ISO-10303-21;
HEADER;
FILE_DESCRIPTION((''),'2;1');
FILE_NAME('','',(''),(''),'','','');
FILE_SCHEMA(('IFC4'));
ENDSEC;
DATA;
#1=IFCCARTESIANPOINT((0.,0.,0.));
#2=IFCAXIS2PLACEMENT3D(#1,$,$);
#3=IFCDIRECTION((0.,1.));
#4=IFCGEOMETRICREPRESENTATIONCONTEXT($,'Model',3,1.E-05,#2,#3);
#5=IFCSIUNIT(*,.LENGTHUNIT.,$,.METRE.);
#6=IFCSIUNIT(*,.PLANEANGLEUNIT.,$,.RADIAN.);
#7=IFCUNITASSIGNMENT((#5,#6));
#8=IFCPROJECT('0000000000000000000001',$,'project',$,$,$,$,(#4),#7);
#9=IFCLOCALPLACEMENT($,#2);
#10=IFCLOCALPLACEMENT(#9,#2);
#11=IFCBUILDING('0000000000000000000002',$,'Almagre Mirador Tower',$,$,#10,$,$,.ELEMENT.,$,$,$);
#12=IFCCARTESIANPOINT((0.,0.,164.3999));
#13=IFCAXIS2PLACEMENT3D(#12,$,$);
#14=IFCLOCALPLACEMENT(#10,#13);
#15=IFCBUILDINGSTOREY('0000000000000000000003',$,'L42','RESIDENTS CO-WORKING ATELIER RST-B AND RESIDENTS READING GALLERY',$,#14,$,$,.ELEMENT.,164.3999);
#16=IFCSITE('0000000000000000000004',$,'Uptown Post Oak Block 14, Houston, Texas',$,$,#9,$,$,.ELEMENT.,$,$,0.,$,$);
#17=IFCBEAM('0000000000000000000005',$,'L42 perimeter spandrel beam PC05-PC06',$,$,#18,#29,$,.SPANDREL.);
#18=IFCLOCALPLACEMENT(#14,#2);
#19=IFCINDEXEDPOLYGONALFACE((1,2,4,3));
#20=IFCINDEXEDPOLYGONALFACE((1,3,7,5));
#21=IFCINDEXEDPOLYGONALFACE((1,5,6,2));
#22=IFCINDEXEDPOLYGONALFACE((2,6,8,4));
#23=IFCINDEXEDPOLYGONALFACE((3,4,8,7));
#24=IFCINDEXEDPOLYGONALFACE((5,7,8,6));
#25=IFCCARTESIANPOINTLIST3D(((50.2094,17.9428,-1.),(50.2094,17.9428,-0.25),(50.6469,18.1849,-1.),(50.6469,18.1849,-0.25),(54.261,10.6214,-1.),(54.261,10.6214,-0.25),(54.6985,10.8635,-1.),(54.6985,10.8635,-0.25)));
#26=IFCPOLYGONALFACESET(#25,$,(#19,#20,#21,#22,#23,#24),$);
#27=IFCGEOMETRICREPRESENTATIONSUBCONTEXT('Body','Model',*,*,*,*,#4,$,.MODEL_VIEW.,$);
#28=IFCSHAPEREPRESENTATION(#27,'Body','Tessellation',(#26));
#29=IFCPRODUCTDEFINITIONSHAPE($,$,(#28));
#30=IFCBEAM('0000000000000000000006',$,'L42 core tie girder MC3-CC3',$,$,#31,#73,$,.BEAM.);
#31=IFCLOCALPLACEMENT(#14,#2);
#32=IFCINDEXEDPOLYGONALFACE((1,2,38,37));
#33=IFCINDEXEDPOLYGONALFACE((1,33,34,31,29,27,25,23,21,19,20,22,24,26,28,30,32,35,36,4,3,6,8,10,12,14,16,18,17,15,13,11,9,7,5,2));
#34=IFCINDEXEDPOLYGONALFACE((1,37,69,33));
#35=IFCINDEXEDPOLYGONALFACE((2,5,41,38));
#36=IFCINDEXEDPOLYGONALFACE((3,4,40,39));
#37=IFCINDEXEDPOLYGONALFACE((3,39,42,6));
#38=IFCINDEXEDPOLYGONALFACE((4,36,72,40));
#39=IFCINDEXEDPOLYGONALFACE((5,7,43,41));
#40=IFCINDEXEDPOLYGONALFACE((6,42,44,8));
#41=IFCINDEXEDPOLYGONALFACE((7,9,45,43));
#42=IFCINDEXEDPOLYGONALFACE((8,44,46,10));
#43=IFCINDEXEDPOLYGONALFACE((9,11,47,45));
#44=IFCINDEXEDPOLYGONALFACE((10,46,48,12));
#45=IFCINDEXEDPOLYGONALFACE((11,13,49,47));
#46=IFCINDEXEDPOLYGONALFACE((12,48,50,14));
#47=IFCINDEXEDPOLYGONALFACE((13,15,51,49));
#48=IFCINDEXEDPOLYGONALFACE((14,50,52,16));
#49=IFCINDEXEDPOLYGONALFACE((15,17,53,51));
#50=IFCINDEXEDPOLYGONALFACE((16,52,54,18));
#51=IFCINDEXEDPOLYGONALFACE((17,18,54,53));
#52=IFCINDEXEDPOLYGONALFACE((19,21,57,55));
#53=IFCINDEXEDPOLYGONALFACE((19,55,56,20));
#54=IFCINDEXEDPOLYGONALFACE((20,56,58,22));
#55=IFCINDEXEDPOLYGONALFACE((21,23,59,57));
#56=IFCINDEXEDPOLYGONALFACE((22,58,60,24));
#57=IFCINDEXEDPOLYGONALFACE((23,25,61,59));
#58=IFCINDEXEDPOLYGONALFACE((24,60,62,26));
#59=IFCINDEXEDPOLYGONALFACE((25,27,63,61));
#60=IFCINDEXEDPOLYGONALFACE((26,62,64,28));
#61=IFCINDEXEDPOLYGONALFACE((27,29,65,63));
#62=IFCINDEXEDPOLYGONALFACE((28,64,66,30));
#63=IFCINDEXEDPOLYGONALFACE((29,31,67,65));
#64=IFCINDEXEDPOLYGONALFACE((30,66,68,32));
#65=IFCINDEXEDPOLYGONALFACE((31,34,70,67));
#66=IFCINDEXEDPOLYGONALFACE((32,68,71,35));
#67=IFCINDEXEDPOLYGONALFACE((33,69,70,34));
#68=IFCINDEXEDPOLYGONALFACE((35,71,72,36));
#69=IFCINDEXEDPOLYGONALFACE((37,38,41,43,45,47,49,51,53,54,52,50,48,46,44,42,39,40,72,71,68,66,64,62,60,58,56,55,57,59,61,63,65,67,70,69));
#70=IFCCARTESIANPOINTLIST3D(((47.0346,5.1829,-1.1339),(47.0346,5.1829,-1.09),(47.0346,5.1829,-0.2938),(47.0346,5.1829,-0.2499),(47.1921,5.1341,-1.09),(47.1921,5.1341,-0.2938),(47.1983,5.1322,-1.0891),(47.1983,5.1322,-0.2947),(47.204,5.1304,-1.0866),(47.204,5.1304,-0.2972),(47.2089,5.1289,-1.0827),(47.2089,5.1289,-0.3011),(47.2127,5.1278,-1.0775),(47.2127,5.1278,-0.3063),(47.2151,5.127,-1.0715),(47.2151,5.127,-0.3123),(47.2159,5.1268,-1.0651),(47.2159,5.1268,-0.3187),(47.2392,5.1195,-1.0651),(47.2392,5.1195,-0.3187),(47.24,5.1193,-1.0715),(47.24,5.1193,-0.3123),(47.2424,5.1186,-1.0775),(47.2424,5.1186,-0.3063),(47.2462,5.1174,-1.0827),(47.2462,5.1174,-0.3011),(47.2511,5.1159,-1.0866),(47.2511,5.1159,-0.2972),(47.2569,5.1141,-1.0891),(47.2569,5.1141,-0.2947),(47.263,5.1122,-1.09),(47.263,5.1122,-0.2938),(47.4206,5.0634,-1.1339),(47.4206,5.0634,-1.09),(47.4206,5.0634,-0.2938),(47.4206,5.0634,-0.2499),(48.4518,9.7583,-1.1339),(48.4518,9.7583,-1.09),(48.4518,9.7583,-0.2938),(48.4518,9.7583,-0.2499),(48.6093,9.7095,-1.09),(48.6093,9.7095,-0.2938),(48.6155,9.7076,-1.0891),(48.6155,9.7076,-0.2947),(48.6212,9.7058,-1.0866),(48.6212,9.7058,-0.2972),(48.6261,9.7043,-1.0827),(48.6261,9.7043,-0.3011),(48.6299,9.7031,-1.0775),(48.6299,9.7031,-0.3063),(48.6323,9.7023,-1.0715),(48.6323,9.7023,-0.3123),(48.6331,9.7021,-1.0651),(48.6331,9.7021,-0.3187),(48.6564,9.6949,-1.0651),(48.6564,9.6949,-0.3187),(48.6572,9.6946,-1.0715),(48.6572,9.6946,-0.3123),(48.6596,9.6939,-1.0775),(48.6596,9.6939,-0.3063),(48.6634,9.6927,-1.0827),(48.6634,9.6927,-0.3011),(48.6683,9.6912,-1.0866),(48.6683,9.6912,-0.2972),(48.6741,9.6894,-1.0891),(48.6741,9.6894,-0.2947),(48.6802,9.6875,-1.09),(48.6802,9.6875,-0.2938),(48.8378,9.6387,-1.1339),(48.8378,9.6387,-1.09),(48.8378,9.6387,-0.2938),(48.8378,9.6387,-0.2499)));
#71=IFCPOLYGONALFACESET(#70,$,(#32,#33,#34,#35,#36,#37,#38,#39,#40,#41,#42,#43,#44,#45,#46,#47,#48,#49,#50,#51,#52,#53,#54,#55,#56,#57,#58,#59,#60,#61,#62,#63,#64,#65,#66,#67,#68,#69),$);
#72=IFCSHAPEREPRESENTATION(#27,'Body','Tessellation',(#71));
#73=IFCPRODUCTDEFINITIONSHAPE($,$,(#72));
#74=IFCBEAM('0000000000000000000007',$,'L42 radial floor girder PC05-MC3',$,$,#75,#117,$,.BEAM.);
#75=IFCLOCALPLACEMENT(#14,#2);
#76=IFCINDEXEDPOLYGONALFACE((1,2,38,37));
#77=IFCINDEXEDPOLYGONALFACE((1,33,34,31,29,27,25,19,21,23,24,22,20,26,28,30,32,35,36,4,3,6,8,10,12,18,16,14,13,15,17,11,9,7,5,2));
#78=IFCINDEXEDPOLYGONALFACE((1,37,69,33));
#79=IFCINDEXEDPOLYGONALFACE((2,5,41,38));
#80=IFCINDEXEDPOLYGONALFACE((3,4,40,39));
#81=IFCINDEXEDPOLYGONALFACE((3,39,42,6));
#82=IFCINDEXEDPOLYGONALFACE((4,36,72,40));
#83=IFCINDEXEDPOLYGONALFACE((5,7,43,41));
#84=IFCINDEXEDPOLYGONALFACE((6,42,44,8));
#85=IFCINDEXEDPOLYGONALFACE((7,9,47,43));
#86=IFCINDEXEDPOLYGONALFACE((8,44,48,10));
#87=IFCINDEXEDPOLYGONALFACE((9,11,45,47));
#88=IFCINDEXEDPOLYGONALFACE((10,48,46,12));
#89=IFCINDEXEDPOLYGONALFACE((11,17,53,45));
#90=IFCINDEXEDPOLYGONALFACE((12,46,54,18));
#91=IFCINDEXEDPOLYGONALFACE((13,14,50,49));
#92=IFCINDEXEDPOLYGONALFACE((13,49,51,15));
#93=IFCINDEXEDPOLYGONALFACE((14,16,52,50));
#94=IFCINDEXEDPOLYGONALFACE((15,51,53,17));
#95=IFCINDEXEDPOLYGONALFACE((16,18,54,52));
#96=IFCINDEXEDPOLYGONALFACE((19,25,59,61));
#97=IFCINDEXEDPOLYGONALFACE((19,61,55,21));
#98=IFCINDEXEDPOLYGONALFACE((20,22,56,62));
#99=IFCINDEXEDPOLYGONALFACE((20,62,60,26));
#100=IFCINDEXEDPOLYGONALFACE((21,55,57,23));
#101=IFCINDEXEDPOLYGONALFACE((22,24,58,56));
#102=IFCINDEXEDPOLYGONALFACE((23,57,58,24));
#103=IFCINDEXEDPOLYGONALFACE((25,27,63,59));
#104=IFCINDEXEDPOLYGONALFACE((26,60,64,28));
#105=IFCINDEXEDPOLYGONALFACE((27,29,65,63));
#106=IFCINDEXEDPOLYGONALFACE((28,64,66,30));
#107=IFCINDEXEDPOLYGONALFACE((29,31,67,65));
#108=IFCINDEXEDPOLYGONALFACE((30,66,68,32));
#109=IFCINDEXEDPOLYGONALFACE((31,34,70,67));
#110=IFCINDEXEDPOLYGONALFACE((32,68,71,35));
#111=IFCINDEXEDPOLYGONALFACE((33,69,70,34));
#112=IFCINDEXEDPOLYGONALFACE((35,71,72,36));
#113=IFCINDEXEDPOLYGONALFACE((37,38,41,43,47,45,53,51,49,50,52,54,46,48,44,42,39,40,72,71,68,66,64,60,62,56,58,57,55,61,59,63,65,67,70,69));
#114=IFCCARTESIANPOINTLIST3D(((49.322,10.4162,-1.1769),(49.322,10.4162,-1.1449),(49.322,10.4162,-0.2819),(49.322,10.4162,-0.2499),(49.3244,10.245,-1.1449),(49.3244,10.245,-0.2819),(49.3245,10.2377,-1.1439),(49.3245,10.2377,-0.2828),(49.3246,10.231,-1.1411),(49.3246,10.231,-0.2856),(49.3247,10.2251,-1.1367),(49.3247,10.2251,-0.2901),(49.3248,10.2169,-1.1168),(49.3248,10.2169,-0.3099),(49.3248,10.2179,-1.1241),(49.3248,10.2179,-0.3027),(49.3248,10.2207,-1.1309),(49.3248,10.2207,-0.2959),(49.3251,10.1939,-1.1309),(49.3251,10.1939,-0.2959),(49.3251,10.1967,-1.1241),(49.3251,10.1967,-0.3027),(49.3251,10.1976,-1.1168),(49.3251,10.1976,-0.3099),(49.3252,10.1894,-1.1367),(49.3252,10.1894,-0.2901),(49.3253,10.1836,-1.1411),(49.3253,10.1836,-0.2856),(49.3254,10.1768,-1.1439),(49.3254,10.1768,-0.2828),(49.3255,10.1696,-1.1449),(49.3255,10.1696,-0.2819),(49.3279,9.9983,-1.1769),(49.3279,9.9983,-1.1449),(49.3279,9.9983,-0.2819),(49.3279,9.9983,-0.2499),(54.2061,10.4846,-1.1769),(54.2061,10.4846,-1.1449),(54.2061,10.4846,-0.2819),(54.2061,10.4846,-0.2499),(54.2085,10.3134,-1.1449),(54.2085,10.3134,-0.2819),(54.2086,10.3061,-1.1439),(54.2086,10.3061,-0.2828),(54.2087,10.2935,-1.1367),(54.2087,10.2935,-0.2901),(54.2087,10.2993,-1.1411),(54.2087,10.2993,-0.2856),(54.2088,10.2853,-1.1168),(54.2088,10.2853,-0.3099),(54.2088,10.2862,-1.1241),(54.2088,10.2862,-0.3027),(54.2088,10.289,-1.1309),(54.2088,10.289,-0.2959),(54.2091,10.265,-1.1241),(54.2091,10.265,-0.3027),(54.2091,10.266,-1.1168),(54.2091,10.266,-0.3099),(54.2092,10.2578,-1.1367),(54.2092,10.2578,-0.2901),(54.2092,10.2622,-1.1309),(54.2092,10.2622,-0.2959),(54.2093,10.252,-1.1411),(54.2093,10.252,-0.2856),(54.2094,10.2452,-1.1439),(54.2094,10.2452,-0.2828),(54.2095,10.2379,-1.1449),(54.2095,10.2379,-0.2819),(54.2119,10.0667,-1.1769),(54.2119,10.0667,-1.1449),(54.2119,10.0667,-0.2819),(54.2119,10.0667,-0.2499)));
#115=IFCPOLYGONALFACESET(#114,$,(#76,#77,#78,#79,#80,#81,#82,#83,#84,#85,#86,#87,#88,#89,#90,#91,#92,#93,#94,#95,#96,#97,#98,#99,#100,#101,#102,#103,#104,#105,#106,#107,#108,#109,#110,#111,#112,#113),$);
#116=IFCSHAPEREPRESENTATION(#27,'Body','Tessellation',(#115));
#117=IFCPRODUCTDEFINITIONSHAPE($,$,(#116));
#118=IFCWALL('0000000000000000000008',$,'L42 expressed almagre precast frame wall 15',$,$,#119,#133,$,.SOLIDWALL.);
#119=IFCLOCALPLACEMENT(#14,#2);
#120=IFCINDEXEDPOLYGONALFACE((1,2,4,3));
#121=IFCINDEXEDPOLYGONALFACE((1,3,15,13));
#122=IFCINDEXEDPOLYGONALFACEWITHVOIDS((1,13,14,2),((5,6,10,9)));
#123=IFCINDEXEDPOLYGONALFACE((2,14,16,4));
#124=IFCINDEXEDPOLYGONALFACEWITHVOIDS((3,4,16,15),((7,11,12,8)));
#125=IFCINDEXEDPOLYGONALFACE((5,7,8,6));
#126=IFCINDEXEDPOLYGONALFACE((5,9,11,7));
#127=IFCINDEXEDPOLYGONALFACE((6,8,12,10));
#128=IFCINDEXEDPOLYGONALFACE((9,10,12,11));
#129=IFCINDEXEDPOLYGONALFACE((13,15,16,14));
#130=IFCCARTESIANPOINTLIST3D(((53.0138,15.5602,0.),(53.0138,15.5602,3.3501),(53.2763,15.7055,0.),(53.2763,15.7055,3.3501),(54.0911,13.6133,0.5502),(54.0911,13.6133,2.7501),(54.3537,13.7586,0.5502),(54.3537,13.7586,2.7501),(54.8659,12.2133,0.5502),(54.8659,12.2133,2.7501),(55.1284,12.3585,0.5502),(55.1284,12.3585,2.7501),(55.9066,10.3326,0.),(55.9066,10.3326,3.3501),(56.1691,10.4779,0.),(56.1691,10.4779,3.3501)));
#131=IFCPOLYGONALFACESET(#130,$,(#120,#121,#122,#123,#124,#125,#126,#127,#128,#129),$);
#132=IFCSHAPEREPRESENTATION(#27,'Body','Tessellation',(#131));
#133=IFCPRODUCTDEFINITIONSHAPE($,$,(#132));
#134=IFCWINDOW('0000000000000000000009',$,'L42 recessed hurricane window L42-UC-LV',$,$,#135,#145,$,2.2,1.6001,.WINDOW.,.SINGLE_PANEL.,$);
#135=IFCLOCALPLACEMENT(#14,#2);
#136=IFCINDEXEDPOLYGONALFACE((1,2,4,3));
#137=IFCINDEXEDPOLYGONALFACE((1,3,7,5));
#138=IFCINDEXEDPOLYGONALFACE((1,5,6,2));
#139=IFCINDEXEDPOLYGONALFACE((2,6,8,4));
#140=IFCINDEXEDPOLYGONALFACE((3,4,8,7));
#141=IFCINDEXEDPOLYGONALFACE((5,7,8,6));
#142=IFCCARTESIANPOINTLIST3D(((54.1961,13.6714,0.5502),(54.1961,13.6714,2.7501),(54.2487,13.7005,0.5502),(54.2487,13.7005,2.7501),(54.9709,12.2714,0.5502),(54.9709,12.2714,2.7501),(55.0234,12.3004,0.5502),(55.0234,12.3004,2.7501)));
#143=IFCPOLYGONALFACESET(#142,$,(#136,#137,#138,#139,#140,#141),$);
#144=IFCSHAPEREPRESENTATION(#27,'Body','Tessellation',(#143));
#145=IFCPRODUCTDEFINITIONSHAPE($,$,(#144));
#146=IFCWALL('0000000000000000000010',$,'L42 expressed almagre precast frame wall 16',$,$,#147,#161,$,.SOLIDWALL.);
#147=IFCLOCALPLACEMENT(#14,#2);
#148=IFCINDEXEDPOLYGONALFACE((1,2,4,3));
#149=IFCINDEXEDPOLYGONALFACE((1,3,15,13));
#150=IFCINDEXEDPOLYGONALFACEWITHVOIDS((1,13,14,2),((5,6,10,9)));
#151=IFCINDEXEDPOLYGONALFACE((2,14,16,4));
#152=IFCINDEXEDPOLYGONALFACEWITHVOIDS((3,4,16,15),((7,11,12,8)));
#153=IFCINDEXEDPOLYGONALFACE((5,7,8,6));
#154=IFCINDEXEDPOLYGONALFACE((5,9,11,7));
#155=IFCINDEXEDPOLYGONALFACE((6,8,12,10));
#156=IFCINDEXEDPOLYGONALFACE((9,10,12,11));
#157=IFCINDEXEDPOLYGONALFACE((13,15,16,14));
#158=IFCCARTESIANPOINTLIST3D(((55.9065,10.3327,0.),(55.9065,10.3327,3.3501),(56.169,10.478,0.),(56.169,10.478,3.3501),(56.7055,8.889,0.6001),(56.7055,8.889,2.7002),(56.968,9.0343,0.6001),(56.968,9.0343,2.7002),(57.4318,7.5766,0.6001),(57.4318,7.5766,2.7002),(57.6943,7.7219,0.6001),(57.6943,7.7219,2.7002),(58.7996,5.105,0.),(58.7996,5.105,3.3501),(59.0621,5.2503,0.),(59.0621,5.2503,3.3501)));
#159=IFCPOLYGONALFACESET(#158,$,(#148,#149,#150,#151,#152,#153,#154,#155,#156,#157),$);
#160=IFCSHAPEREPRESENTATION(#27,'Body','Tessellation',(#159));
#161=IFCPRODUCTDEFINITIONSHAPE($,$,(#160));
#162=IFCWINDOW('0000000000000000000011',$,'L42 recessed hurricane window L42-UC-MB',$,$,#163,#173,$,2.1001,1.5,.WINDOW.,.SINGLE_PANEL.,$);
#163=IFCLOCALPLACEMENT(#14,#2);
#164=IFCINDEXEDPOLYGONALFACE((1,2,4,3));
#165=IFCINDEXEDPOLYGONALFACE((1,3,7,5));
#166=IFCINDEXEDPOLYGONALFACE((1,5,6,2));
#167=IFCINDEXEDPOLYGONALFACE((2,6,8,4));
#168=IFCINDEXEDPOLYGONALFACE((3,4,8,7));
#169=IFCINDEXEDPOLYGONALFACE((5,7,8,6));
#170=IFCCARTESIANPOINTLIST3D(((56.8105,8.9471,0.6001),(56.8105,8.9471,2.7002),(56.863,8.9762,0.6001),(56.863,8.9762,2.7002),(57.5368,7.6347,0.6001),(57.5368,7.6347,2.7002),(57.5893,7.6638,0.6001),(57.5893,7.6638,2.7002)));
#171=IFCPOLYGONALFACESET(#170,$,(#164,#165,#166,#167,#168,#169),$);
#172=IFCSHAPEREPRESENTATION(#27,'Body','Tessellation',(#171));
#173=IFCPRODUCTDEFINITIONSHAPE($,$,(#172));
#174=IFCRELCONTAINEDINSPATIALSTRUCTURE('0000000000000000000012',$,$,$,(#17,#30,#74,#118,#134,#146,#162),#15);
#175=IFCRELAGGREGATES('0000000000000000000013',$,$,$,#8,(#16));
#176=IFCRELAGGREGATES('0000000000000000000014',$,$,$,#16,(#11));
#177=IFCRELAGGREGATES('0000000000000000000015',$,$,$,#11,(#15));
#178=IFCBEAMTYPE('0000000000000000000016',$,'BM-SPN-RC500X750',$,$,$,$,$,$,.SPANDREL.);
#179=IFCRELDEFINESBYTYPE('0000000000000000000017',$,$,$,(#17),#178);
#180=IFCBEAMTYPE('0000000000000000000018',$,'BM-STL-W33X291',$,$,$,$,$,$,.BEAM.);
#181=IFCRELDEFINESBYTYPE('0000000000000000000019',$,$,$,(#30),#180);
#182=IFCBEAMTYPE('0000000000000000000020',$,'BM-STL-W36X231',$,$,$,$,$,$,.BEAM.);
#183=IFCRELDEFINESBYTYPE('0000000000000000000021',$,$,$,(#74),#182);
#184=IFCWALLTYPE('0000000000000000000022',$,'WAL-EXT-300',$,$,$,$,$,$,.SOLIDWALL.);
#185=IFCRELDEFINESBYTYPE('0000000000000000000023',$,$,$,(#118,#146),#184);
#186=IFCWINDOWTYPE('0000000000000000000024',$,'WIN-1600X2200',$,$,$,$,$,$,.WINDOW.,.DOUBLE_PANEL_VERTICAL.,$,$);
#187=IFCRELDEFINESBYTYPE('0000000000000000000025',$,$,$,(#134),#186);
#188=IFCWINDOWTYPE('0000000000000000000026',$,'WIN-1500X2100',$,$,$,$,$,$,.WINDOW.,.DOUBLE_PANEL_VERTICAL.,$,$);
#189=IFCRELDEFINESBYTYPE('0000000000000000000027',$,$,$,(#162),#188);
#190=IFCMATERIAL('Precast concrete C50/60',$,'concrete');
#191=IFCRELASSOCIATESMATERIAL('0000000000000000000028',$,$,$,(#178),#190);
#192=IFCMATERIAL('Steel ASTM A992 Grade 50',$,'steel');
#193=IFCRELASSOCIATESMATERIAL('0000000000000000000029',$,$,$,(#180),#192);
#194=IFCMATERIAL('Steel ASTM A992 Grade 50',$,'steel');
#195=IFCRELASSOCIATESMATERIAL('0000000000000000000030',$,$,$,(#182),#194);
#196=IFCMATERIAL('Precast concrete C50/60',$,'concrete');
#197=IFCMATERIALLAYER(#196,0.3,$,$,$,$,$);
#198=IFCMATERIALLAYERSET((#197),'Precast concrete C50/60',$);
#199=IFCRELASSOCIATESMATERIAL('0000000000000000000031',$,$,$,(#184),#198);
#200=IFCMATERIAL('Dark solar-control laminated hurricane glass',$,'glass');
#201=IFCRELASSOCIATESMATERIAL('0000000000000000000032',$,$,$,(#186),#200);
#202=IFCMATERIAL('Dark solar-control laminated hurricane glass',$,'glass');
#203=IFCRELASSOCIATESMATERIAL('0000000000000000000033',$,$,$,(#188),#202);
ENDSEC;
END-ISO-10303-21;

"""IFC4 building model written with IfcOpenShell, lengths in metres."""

from ifc_helpers import new_model, si_unit, direction, frame, frame_2d, origin, origin_2d, place, context, subcontext, project, spatial, rectangle, i_section, extrude, material, layer, layer_set, material_profile, profile_set, type_object, element, fill, save


model = new_model("IFC4")

# Units and contexts
model_context = context("Model", 3, precision=1e-05, world=origin(), true_north=direction((0.0, 1.0)))
body_context = subcontext(model_context, "Body", "Model", "MODEL_VIEW")
ifc_project = project(units=[si_unit("LENGTHUNIT", "METRE"), si_unit("PLANEANGLEUNIT", "RADIAN")], contexts=[model_context])

# Site, building, storey
site_placement = place(None, origin())
site = spatial("IfcSite", under=ifc_project, at=site_placement, Name="Uptown Post Oak Block 14, Houston, Texas", CompositionType="ELEMENT", RefElevation=0.0)
building_placement = place(site_placement, origin())
building = spatial("IfcBuilding", under=site, at=building_placement, Name="Almagre Mirador Tower", CompositionType="ELEMENT")
storey_placement = place(building_placement, frame((0.0, 0.0, 164.3999)))
storey = spatial("IfcBuildingStorey", under=building, at=storey_placement, Name="L42", Description="RESIDENTS CO-WORKING ATELIER RST-B AND RESIDENTS READING GALLERY", CompositionType="ELEMENT", Elevation=164.3999)

# Beams
ifc_material_1 = material(Name="Precast concrete C50/60", Category="concrete")
ifc_material_profile_1 = material_profile(ifc_material_1, rectangle(XDim=0.5, YDim=0.75, at=origin_2d()), Name="RC500X750")
ifc_profile_set_1 = profile_set([ifc_material_profile_1], Name="Precast concrete C50/60")
beam_type_1 = type_object("IfcBeamType", Name="BM-SPN-RC500X750", PredefinedType="SPANDREL", material=ifc_profile_set_1)
beam_1_placement = place(storey_placement, frame((54.4797, 10.7424, -0.625), z_axis=(-0.484193, 0.874961, 0.0), x_axis=(-0.874961, -0.484193, 0.0)))
element("IfcBeam", 1, at=beam_1_placement, inside=storey, type_object=beam_type_1, Name="L42 perimeter spandrel beam PC05-PC06", PredefinedType="SPANDREL", context=body_context, shape_type="SweptSolid", body=[
    extrude(rectangle(XDim=0.5, YDim=0.75, at=origin_2d()), origin(), (0.0, 0.0, 1.0), 8.3677),
])
ifc_material_2 = material(Name="Steel ASTM A992 Grade 50", Category="steel")
ifc_material_profile_2 = material_profile(ifc_material_2, i_section(OverallWidth=0.4041, OverallDepth=0.884, WebThickness=0.0244, FlangeThickness=0.0439, FilletRadius=0.0249, at=origin_2d()), Name="W33X291")
ifc_profile_set_2 = profile_set([ifc_material_profile_2], Name="Steel ASTM A992 Grade 50")
beam_type_2 = type_object("IfcBeamType", Name="BM-STL-W33X291", PredefinedType="BEAM", material=ifc_profile_set_2)
beam_2_placement = place(storey_placement, frame((48.6448, 9.6985, -0.6919), z_axis=(-0.29588, -0.955225, 0.0), x_axis=(0.955225, -0.29588, 0.0)))
element("IfcBeam", 2, at=beam_2_placement, inside=storey, type_object=beam_type_2, Name="L42 core tie girder MC3-CC3", PredefinedType="BEAM", context=body_context, shape_type="SweptSolid", body=[
    extrude(i_section(OverallWidth=0.4041, OverallDepth=0.884, WebThickness=0.0244, FlangeThickness=0.0439, FilletRadius=0.0249, at=origin_2d()), origin(), (0.0, 0.0, 1.0), 4.7898),
])
ifc_material_3 = material(Name="Steel ASTM A992 Grade 50", Category="steel")
ifc_material_profile_3 = material_profile(ifc_material_3, i_section(OverallWidth=0.418, OverallDepth=0.927, WebThickness=0.0193, FlangeThickness=0.032, FilletRadius=0.0281, at=origin_2d()), Name="W36X231")
ifc_profile_set_3 = profile_set([ifc_material_profile_3], Name="Steel ASTM A992 Grade 50")
beam_type_3 = type_object("IfcBeamType", Name="BM-STL-W36X231", PredefinedType="BEAM", material=ifc_profile_set_3)
beam_3_placement = place(storey_placement, frame((54.209, 10.2756, -0.7134), z_axis=(-0.999902, -0.013995, 0.0), x_axis=(0.013995, -0.999902, 0.0)))
element("IfcBeam", 3, at=beam_3_placement, inside=storey, type_object=beam_type_3, Name="L42 radial floor girder PC05-MC3", PredefinedType="BEAM", context=body_context, shape_type="SweptSolid", body=[
    extrude(i_section(OverallWidth=0.418, OverallDepth=0.927, WebThickness=0.0193, FlangeThickness=0.032, FilletRadius=0.0281, at=origin_2d()), origin(), (0.0, 0.0, 1.0), 4.8845),
])

# Walls, openings, windows
ifc_material_4 = material(Name="Precast concrete C50/60", Category="concrete")
ifc_layer_1 = layer(ifc_material_4, 0.3)
ifc_layer_set_1 = layer_set([ifc_layer_1], Name="Precast concrete C50/60")
wall_type_1 = type_object("IfcWallType", Name="WAL-EXT-300", PredefinedType="SOLIDWALL", material=ifc_layer_set_1)
wall_1_placement = place(storey_placement, frame((53.145, 15.6328, 0.0), z_axis=(0.0, 0.0, 1.0), x_axis=(0.484189, -0.874964, 0.0)))
wall_1 = element("IfcWall", 4, at=wall_1_placement, inside=storey, type_object=wall_type_1, Name="L42 expressed almagre precast frame wall 15", PredefinedType="SOLIDWALL", context=body_context, shape_type="SweptSolid", body=[
    extrude(rectangle(XDim=5.9746, YDim=0.3, at=frame_2d((2.9873, 0.0))), origin(), (0.0, 0.0, 1.0), 3.3501),
])
opening_1_placement = place(wall_1_placement, frame((2.2251, 0.0, 0.55)))
opening_1 = element("IfcOpeningElement", 5, at=opening_1_placement, cuts=wall_1, PredefinedType="OPENING", context=body_context, shape_type="SweptSolid", body=[
    extrude(rectangle(XDim=1.6001, YDim=2.2, at=frame_2d((0.8, 1.1001))), frame((0.0, 0.1599, 0.0), z_axis=(0.0, -1.0, 0.0), x_axis=(1.0, 0.0, 0.0)), (0.0, 0.0, 1.0), 0.32),
])
ifc_material_5 = material(Name="Dark solar-control laminated hurricane glass", Category="glass")
window_type_1 = type_object("IfcWindowType", Name="WIN-1600X2200", PartitioningType="DOUBLE_PANEL_VERTICAL", PredefinedType="WINDOW", material=ifc_material_5)
window_1_placement = place(opening_1_placement, origin())
window_1 = element("IfcWindow", 6, at=window_1_placement, inside=storey, type_object=window_type_1, Name="L42 recessed hurricane window L42-UC-LV", OverallHeight=2.2, OverallWidth=1.6001, PartitioningType="SINGLE_PANEL", PredefinedType="WINDOW", context=body_context, shape_type="SweptSolid", body=[
    extrude(rectangle(XDim=1.6001, YDim=2.2, at=frame_2d((0.8, 1.1001))), frame((0.0, 0.03, 0.0), z_axis=(0.0, -1.0, 0.0), x_axis=(1.0, 0.0, 0.0)), (0.0, 0.0, 1.0), 0.0601),
])
fill(opening_1, window_1)
wall_2_placement = place(storey_placement, frame((56.0378, 10.4053, 0.0), z_axis=(0.0, 0.0, 1.0), x_axis=(0.484203, -0.874956, 0.0)))
wall_2 = element("IfcWall", 7, at=wall_2_placement, inside=storey, type_object=wall_type_1, Name="L42 expressed almagre precast frame wall 16", PredefinedType="SOLIDWALL", context=body_context, shape_type="SweptSolid", body=[
    extrude(rectangle(XDim=5.9749, YDim=0.3, at=frame_2d((2.9873, 0.0))), origin(), (0.0, 0.0, 1.0), 3.3501),
])
opening_2_placement = place(wall_2_placement, frame((1.6499, 0.0, 0.6001)))
opening_2 = element("IfcOpeningElement", 8, at=opening_2_placement, cuts=wall_2, PredefinedType="OPENING", context=body_context, shape_type="SweptSolid", body=[
    extrude(rectangle(XDim=1.5, YDim=2.1001, at=frame_2d((0.75, 1.05))), frame((0.0, 0.1599, 0.0), z_axis=(0.0, -1.0, 0.0), x_axis=(1.0, 0.0, 0.0)), (0.0, 0.0, 1.0), 0.32),
])
ifc_material_6 = material(Name="Dark solar-control laminated hurricane glass", Category="glass")
window_type_2 = type_object("IfcWindowType", Name="WIN-1500X2100", PartitioningType="DOUBLE_PANEL_VERTICAL", PredefinedType="WINDOW", material=ifc_material_6)
window_2_placement = place(opening_2_placement, origin())
window_2 = element("IfcWindow", 9, at=window_2_placement, inside=storey, type_object=window_type_2, Name="L42 recessed hurricane window L42-UC-MB", OverallHeight=2.1001, OverallWidth=1.5, PartitioningType="SINGLE_PANEL", PredefinedType="WINDOW", context=body_context, shape_type="SweptSolid", body=[
    extrude(rectangle(XDim=1.5, YDim=2.1001, at=frame_2d((0.75, 1.05))), frame((0.0, 0.03, 0.0), z_axis=(0.0, -1.0, 0.0), x_axis=(1.0, 0.0, 0.0)), (0.0, 0.0, 1.0), 0.0601),
])
fill(opening_2, window_2)

save(model, "model.ifc")
